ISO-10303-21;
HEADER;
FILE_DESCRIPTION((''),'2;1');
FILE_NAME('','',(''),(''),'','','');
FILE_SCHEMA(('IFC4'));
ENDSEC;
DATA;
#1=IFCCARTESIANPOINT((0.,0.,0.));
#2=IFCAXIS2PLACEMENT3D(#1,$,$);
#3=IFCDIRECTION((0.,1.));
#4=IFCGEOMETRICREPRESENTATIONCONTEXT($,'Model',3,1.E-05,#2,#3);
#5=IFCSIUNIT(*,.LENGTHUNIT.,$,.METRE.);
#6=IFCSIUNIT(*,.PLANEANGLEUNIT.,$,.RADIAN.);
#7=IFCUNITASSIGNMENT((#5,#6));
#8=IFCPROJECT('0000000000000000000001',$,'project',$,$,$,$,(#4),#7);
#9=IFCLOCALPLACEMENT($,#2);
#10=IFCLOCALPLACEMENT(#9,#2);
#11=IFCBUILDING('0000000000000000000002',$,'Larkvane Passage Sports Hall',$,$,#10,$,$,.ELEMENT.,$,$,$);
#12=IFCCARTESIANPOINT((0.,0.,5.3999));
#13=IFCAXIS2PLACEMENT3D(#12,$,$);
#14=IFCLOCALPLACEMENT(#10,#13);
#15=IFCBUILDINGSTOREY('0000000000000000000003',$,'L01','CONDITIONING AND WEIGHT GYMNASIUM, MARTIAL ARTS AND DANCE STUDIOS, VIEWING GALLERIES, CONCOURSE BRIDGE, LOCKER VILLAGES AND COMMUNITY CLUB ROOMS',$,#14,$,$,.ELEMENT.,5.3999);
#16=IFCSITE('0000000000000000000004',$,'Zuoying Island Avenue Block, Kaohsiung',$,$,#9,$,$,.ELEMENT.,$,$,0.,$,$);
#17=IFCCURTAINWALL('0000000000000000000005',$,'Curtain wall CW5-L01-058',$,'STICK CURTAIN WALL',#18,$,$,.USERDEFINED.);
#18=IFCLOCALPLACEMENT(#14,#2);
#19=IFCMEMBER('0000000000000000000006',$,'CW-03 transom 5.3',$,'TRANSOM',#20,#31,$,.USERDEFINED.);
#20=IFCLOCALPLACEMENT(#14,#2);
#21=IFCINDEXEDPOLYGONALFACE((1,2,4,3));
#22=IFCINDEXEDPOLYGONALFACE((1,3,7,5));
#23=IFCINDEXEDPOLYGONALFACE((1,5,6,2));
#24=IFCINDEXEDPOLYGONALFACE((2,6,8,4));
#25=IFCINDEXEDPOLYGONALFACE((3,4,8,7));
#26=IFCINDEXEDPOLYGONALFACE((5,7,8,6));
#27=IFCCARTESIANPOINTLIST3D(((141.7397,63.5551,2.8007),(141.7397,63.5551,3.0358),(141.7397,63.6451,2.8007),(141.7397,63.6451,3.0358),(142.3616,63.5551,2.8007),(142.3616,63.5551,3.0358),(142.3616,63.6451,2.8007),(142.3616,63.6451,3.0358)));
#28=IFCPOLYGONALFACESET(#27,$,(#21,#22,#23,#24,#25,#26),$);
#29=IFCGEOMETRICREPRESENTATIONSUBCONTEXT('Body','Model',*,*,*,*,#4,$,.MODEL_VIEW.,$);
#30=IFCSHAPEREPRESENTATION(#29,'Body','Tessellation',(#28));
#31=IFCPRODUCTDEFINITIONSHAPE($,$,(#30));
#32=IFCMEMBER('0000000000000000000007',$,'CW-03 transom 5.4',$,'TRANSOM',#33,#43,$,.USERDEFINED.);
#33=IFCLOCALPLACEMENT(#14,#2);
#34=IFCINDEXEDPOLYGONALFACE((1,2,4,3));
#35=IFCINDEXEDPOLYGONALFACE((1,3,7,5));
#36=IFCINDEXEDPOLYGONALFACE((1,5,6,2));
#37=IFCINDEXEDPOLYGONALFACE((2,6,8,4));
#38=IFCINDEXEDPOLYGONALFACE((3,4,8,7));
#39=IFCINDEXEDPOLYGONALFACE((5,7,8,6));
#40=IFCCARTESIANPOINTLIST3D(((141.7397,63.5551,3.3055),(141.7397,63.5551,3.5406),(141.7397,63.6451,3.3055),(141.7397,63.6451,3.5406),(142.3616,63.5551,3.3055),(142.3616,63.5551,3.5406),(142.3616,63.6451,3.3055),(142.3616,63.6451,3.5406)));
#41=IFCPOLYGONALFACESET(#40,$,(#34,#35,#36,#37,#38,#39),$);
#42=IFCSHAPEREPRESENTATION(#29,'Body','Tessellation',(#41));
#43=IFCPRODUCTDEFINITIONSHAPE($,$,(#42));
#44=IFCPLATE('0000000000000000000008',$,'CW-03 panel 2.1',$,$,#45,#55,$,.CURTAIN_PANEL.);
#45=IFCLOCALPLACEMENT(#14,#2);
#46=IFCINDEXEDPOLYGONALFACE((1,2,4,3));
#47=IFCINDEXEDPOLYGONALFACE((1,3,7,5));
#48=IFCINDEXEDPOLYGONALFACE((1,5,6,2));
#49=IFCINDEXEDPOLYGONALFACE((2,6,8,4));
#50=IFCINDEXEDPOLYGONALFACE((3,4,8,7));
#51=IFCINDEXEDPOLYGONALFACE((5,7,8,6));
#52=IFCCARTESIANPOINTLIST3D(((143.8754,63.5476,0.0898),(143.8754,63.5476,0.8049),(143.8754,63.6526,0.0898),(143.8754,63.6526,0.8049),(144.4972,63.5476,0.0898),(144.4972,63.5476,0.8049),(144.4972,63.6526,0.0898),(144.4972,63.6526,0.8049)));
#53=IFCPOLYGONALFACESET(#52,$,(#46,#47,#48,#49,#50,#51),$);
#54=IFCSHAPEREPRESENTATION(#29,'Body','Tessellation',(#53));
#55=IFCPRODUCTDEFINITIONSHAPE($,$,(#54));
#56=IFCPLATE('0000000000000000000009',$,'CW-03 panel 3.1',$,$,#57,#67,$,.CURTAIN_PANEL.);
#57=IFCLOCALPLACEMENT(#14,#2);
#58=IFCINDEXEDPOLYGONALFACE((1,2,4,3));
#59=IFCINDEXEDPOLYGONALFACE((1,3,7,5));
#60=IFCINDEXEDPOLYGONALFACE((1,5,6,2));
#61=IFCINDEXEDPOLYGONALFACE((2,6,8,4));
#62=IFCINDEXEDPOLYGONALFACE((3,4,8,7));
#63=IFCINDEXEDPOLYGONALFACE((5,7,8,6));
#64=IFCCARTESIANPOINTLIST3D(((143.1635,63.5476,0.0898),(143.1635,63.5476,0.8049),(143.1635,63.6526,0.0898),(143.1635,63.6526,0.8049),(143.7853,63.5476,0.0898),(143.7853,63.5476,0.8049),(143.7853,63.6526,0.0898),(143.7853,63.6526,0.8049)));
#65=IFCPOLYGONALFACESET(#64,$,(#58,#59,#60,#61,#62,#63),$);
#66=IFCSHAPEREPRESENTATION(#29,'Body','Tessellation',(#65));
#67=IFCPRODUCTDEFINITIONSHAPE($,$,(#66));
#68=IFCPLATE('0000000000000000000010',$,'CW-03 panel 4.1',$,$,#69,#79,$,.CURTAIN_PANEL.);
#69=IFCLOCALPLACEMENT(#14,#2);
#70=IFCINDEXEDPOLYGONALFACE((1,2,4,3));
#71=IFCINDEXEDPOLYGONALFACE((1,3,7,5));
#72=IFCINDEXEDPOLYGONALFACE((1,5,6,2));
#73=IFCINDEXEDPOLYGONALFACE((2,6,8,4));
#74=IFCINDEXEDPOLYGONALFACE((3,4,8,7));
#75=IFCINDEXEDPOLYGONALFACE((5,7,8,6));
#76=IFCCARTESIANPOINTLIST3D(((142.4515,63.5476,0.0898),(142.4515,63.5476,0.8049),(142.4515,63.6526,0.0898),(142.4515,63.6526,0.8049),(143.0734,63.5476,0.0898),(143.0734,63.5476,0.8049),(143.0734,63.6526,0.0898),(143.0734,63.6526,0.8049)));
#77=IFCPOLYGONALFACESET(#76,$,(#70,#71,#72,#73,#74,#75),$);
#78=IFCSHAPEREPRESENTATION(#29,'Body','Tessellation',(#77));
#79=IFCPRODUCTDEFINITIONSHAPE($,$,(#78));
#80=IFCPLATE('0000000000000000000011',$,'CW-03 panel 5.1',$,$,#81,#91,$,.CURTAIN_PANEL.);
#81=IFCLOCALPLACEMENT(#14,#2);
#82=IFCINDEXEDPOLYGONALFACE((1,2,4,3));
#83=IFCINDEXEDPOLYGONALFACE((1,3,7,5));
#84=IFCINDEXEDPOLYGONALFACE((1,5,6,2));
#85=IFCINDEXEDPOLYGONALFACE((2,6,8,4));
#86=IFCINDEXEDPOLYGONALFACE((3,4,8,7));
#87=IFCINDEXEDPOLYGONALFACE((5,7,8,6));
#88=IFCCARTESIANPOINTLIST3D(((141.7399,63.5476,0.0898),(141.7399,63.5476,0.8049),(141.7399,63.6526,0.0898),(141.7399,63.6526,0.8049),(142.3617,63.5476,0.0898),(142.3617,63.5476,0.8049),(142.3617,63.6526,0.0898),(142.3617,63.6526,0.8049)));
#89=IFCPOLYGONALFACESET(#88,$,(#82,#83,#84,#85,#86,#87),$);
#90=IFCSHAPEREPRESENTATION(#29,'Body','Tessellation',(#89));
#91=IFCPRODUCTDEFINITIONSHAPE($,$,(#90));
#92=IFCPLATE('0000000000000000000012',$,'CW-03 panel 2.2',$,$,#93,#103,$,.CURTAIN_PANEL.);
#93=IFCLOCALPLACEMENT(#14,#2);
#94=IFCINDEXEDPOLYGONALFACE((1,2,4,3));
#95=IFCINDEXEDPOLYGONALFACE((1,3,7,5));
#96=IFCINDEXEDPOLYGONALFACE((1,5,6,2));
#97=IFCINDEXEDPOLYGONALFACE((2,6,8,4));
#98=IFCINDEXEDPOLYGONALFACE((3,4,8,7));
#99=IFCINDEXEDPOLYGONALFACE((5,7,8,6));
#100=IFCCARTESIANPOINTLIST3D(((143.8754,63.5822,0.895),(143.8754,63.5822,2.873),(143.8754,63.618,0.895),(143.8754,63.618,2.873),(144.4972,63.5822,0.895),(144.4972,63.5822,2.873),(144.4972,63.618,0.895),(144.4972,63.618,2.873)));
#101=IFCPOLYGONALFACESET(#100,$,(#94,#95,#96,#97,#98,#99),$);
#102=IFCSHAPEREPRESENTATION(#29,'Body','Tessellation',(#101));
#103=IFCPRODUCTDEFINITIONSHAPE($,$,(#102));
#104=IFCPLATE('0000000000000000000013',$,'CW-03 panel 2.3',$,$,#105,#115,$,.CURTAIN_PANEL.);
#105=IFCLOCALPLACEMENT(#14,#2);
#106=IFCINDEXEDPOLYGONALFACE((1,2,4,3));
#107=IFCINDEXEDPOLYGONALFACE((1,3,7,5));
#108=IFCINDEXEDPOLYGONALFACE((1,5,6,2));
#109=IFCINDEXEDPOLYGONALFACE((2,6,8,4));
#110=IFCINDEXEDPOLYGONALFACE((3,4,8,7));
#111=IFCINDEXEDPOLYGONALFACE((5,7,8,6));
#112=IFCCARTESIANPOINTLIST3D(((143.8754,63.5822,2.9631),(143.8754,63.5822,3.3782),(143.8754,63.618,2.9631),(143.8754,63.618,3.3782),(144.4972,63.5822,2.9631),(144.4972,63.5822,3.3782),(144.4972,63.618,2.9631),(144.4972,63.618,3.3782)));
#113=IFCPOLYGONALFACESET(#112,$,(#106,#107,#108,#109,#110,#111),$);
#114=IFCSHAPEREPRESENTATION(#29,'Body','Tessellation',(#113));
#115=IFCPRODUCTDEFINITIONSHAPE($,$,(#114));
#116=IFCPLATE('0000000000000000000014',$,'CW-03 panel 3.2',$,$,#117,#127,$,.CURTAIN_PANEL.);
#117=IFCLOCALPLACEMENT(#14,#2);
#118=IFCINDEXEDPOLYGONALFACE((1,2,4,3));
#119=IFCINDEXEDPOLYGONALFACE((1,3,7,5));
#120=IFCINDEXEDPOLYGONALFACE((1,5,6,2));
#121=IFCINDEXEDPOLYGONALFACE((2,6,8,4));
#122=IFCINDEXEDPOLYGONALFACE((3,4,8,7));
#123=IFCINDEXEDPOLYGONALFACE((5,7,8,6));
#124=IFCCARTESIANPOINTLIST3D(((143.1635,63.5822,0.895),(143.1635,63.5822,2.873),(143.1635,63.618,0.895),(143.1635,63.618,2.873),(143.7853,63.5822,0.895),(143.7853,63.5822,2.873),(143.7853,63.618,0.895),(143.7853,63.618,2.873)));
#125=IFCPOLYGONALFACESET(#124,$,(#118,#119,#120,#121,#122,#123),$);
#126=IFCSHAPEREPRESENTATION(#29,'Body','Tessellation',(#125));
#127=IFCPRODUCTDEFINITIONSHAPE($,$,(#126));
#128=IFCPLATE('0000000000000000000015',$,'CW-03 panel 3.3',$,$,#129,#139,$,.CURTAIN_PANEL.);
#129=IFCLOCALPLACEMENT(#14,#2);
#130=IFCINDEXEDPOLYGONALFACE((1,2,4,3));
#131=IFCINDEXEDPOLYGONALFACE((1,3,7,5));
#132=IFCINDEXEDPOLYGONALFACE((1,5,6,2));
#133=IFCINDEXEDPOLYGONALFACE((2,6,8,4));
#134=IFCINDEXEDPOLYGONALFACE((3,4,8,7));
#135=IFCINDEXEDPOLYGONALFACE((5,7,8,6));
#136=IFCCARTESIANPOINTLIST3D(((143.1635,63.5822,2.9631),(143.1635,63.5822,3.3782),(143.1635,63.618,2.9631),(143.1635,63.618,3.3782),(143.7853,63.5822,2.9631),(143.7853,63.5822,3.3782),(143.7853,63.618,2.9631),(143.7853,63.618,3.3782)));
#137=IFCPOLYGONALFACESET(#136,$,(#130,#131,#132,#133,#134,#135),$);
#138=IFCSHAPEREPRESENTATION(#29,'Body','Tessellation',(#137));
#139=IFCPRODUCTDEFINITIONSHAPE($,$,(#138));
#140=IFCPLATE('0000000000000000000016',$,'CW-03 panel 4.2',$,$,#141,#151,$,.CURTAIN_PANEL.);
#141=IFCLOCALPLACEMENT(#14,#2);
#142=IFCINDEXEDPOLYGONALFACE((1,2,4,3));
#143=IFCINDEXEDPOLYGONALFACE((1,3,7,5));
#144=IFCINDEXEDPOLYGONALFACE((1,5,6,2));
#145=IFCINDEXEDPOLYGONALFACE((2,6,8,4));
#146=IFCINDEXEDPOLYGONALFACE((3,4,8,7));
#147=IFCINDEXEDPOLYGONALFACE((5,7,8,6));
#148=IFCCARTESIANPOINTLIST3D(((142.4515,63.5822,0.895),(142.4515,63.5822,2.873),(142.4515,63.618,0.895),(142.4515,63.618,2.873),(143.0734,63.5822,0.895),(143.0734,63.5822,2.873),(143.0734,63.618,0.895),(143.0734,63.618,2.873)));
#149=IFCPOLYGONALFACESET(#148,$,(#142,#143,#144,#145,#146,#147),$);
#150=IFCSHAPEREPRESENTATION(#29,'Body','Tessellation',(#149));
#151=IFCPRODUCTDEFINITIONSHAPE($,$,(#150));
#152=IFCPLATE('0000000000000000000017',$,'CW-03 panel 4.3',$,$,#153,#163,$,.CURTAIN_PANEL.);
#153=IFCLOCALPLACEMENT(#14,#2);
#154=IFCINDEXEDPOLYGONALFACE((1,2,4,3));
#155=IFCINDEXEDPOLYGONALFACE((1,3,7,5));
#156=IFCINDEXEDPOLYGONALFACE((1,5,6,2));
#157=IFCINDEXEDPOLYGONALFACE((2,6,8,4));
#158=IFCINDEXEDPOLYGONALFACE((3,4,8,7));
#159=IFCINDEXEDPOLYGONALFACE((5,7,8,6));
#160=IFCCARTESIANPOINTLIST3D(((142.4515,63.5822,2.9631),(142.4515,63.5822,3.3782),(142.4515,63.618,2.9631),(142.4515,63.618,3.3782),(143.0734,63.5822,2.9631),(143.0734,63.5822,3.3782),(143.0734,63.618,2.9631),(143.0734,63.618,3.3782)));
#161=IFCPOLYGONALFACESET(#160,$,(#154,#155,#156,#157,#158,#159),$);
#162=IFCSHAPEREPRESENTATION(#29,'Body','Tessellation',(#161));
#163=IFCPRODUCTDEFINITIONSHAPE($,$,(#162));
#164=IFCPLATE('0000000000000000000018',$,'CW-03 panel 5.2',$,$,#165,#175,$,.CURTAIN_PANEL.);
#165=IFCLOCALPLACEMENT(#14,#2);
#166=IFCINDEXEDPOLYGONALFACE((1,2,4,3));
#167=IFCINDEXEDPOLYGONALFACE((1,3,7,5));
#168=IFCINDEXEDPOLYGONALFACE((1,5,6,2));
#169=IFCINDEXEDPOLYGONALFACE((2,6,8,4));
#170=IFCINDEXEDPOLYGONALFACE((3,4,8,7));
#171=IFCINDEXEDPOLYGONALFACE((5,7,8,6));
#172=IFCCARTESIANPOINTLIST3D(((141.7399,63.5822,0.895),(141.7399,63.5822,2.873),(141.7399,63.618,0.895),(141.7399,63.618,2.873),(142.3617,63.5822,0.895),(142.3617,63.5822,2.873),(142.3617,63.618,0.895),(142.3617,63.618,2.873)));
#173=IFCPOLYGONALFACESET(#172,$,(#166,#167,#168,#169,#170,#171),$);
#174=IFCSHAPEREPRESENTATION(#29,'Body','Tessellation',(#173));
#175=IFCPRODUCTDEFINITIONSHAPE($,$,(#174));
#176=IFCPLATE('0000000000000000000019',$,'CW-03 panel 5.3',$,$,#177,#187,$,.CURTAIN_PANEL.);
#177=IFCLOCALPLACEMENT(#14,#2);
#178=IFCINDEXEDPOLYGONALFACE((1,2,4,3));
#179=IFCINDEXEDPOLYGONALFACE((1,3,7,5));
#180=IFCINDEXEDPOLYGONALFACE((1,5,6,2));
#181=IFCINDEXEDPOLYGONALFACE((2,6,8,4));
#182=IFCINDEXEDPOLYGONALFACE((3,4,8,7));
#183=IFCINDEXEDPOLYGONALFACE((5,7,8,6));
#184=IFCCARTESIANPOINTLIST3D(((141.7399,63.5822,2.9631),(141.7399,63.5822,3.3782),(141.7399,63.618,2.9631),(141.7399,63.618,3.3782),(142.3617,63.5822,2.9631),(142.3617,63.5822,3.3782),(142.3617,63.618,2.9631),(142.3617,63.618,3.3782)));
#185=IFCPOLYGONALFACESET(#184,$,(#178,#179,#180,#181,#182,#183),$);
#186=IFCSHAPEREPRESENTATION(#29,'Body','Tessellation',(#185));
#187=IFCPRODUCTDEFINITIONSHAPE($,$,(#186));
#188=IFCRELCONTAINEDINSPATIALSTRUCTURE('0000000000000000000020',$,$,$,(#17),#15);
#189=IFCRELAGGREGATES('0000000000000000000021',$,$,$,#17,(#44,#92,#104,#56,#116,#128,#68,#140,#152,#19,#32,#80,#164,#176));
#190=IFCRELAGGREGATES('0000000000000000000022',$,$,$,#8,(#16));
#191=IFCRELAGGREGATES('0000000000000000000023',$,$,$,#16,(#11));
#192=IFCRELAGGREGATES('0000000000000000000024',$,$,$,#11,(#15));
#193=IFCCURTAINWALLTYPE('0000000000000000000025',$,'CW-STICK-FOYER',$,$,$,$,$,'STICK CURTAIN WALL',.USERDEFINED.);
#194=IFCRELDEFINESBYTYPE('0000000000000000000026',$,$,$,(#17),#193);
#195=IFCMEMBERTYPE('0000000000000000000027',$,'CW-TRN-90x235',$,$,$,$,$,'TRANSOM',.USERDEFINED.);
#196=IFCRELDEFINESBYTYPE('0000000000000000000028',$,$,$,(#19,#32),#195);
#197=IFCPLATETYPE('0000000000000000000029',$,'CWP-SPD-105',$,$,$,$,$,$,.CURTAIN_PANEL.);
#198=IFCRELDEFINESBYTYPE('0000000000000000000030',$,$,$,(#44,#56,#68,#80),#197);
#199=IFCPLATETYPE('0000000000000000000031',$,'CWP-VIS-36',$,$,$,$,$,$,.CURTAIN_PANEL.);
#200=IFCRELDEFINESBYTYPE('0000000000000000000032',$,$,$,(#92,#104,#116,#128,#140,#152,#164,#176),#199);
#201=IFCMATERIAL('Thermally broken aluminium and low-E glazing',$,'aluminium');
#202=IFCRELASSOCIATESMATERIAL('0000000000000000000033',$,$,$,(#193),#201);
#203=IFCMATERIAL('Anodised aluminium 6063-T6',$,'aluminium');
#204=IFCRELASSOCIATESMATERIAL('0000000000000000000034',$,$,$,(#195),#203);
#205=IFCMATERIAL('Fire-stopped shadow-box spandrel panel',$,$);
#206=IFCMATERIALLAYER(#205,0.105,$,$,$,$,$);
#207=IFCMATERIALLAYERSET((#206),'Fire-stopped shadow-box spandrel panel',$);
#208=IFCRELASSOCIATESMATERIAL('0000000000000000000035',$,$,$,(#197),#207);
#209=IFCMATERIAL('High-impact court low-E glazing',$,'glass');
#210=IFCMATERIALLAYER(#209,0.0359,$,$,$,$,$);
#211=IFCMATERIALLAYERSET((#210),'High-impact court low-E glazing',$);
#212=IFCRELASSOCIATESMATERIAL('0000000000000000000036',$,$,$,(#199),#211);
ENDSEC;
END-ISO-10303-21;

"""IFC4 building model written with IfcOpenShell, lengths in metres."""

from ifc_helpers import new_model, si_unit, direction, frame, origin, origin_2d, place, context, subcontext, project, spatial, rectangle, extrude, material, layer, layer_set, material_profile, profile_set, type_object, element, aggregate, save


model = new_model("IFC4")

# Units and contexts
model_context = context("Model", 3, precision=1e-05, world=origin(), true_north=direction((0.0, 1.0)))
body_context = subcontext(model_context, "Body", "Model", "MODEL_VIEW")
ifc_project = project(units=[si_unit("LENGTHUNIT", "METRE"), si_unit("PLANEANGLEUNIT", "RADIAN")], contexts=[model_context])

# Site, building, storey
site_placement = place(None, origin())
site = spatial("IfcSite", under=ifc_project, at=site_placement, Name="Zuoying Island Avenue Block, Kaohsiung", CompositionType="ELEMENT", RefElevation=0.0)
building_placement = place(site_placement, origin())
building = spatial("IfcBuilding", under=site, at=building_placement, Name="Larkvane Passage Sports Hall", CompositionType="ELEMENT")
storey_placement = place(building_placement, frame((0.0, 0.0, 5.3999)))
storey = spatial("IfcBuildingStorey", under=building, at=storey_placement, Name="L01", Description="CONDITIONING AND WEIGHT GYMNASIUM, MARTIAL ARTS AND DANCE STUDIOS, VIEWING GALLERIES, CONCOURSE BRIDGE, LOCKER VILLAGES AND COMMUNITY CLUB ROOMS", CompositionType="ELEMENT", Elevation=5.3999)

# Curtain wall, members, plates
ifc_material_1 = material(Name="Thermally broken aluminium and low-E glazing", Category="aluminium")
curtain_wall_type = type_object("IfcCurtainWallType", Name="CW-STICK-FOYER", ElementType="STICK CURTAIN WALL", PredefinedType="USERDEFINED", material=ifc_material_1)
curtain_wall_placement = place(storey_placement, origin())
curtain_wall = element("IfcCurtainWall", 1, at=curtain_wall_placement, inside=storey, type_object=curtain_wall_type, Name="Curtain wall CW5-L01-058", ObjectType="STICK CURTAIN WALL", PredefinedType="USERDEFINED")
ifc_material_2 = material(Name="Anodised aluminium 6063-T6", Category="aluminium")
ifc_material_profile_1 = material_profile(ifc_material_2, rectangle(XDim=0.0901, YDim=0.2351, at=origin_2d()), Name="ALU-TRN-90x235")
ifc_profile_set_1 = profile_set([ifc_material_profile_1], Name="Anodised aluminium 6063-T6")
member_type_1 = type_object("IfcMemberType", Name="CW-TRN-90x235", ElementType="TRANSOM", PredefinedType="USERDEFINED", material=ifc_profile_set_1)
member_1_placement = place(storey_placement, frame((142.3616, 63.6001, 2.9182), z_axis=(-1.0, 0.0, 0.0), x_axis=(0.0, -1.0, 0.0)))
member_1 = element("IfcMember", 2, at=member_1_placement, type_object=member_type_1, Name="CW-03 transom 5.3", ObjectType="TRANSOM", PredefinedType="USERDEFINED", context=body_context, shape_type="SweptSolid", body=[
    extrude(rectangle(XDim=0.0901, YDim=0.2351, at=origin_2d()), origin(), (0.0, 0.0, 1.0), 0.6218),
])
member_2_placement = place(storey_placement, frame((142.3616, 63.6001, 3.4231), z_axis=(-1.0, 0.0, 0.0), x_axis=(0.0, -1.0, 0.0)))
member_2 = element("IfcMember", 3, at=member_2_placement, type_object=member_type_1, Name="CW-03 transom 5.4", ObjectType="TRANSOM", PredefinedType="USERDEFINED", context=body_context, shape_type="SweptSolid", body=[
    extrude(rectangle(XDim=0.0901, YDim=0.2351, at=origin_2d()), origin(), (0.0, 0.0, 1.0), 0.6218),
])
ifc_material_3 = material(Name="Fire-stopped shadow-box spandrel panel")
ifc_layer_1 = layer(ifc_material_3, 0.105)
ifc_layer_set_1 = layer_set([ifc_layer_1], Name="Fire-stopped shadow-box spandrel panel")
plate_type_1 = type_object("IfcPlateType", Name="CWP-SPD-105", PredefinedType="CURTAIN_PANEL", material=ifc_layer_set_1)
plate_1_placement = place(storey_placement, frame((144.1863, 63.6001, 0.0898), z_axis=(0.0, 0.0, 1.0), x_axis=(-1.0, 0.0, 0.0)))
plate_1 = element("IfcPlate", 4, at=plate_1_placement, type_object=plate_type_1, Name="CW-03 panel 2.1", PredefinedType="CURTAIN_PANEL", context=body_context, shape_type="SweptSolid", body=[
    extrude(rectangle(XDim=0.6218, YDim=0.105, at=origin_2d()), origin(), (0.0, 0.0, 1.0), 0.7151),
])
plate_2_placement = place(storey_placement, frame((143.4744, 63.6001, 0.0898), z_axis=(0.0, 0.0, 1.0), x_axis=(-1.0, 0.0, 0.0)))
plate_2 = element("IfcPlate", 5, at=plate_2_placement, type_object=plate_type_1, Name="CW-03 panel 3.1", PredefinedType="CURTAIN_PANEL", context=body_context, shape_type="SweptSolid", body=[
    extrude(rectangle(XDim=0.6218, YDim=0.105, at=origin_2d()), origin(), (0.0, 0.0, 1.0), 0.7151),
])
plate_3_placement = place(storey_placement, frame((142.7625, 63.6001, 0.0898), z_axis=(0.0, 0.0, 1.0), x_axis=(-1.0, 0.0, 0.0)))
plate_3 = element("IfcPlate", 6, at=plate_3_placement, type_object=plate_type_1, Name="CW-03 panel 4.1", PredefinedType="CURTAIN_PANEL", context=body_context, shape_type="SweptSolid", body=[
    extrude(rectangle(XDim=0.6218, YDim=0.105, at=origin_2d()), origin(), (0.0, 0.0, 1.0), 0.7151),
])
plate_4_placement = place(storey_placement, frame((142.0508, 63.6001, 0.0898), z_axis=(0.0, 0.0, 1.0), x_axis=(-1.0, 0.0, 0.0)))
plate_4 = element("IfcPlate", 7, at=plate_4_placement, type_object=plate_type_1, Name="CW-03 panel 5.1", PredefinedType="CURTAIN_PANEL", context=body_context, shape_type="SweptSolid", body=[
    extrude(rectangle(XDim=0.6218, YDim=0.105, at=origin_2d()), origin(), (0.0, 0.0, 1.0), 0.7151),
])
ifc_material_4 = material(Name="High-impact court low-E glazing", Category="glass")
ifc_layer_2 = layer(ifc_material_4, 0.0359)
ifc_layer_set_2 = layer_set([ifc_layer_2], Name="High-impact court low-E glazing")
plate_type_2 = type_object("IfcPlateType", Name="CWP-VIS-36", PredefinedType="CURTAIN_PANEL", material=ifc_layer_set_2)
plate_5_placement = place(storey_placement, frame((144.1863, 63.6001, 0.895), z_axis=(0.0, 0.0, 1.0), x_axis=(-1.0, 0.0, 0.0)))
plate_5 = element("IfcPlate", 8, at=plate_5_placement, type_object=plate_type_2, Name="CW-03 panel 2.2", PredefinedType="CURTAIN_PANEL", context=body_context, shape_type="SweptSolid", body=[
    extrude(rectangle(XDim=0.6218, YDim=0.0359, at=origin_2d()), origin(), (0.0, 0.0, 1.0), 1.978),
])
plate_6_placement = place(storey_placement, frame((144.1863, 63.6001, 2.9631), z_axis=(0.0, 0.0, 1.0), x_axis=(-1.0, 0.0, 0.0)))
plate_6 = element("IfcPlate", 9, at=plate_6_placement, type_object=plate_type_2, Name="CW-03 panel 2.3", PredefinedType="CURTAIN_PANEL", context=body_context, shape_type="SweptSolid", body=[
    extrude(rectangle(XDim=0.6218, YDim=0.0359, at=origin_2d()), origin(), (0.0, 0.0, 1.0), 0.415),
])
plate_7_placement = place(storey_placement, frame((143.4744, 63.6001, 0.895), z_axis=(0.0, 0.0, 1.0), x_axis=(-1.0, 0.0, 0.0)))
plate_7 = element("IfcPlate", 10, at=plate_7_placement, type_object=plate_type_2, Name="CW-03 panel 3.2", PredefinedType="CURTAIN_PANEL", context=body_context, shape_type="SweptSolid", body=[
    extrude(rectangle(XDim=0.6218, YDim=0.0359, at=origin_2d()), origin(), (0.0, 0.0, 1.0), 1.978),
])
plate_8_placement = place(storey_placement, frame((143.4744, 63.6001, 2.9631), z_axis=(0.0, 0.0, 1.0), x_axis=(-1.0, 0.0, 0.0)))
plate_8 = element("IfcPlate", 11, at=plate_8_placement, type_object=plate_type_2, Name="CW-03 panel 3.3", PredefinedType="CURTAIN_PANEL", context=body_context, shape_type="SweptSolid", body=[
    extrude(rectangle(XDim=0.6218, YDim=0.0359, at=origin_2d()), origin(), (0.0, 0.0, 1.0), 0.415),
])
plate_9_placement = place(storey_placement, frame((142.7625, 63.6001, 0.895), z_axis=(0.0, 0.0, 1.0), x_axis=(-1.0, 0.0, 0.0)))
plate_9 = element("IfcPlate", 12, at=plate_9_placement, type_object=plate_type_2, Name="CW-03 panel 4.2", PredefinedType="CURTAIN_PANEL", context=body_context, shape_type="SweptSolid", body=[
    extrude(rectangle(XDim=0.6218, YDim=0.0359, at=origin_2d()), origin(), (0.0, 0.0, 1.0), 1.978),
])
plate_10_placement = place(storey_placement, frame((142.7625, 63.6001, 2.9631), z_axis=(0.0, 0.0, 1.0), x_axis=(-1.0, 0.0, 0.0)))
plate_10 = element("IfcPlate", 13, at=plate_10_placement, type_object=plate_type_2, Name="CW-03 panel 4.3", PredefinedType="CURTAIN_PANEL", context=body_context, shape_type="SweptSolid", body=[
    extrude(rectangle(XDim=0.6218, YDim=0.0359, at=origin_2d()), origin(), (0.0, 0.0, 1.0), 0.415),
])
plate_11_placement = place(storey_placement, frame((142.0508, 63.6001, 0.895), z_axis=(0.0, 0.0, 1.0), x_axis=(-1.0, 0.0, 0.0)))
plate_11 = element("IfcPlate", 14, at=plate_11_placement, type_object=plate_type_2, Name="CW-03 panel 5.2", PredefinedType="CURTAIN_PANEL", context=body_context, shape_type="SweptSolid", body=[
    extrude(rectangle(XDim=0.6218, YDim=0.0359, at=origin_2d()), origin(), (0.0, 0.0, 1.0), 1.978),
])
plate_12_placement = place(storey_placement, frame((142.0508, 63.6001, 2.9631), z_axis=(0.0, 0.0, 1.0), x_axis=(-1.0, 0.0, 0.0)))
plate_12 = element("IfcPlate", 15, at=plate_12_placement, type_object=plate_type_2, Name="CW-03 panel 5.3", PredefinedType="CURTAIN_PANEL", context=body_context, shape_type="SweptSolid", body=[
    extrude(rectangle(XDim=0.6218, YDim=0.0359, at=origin_2d()), origin(), (0.0, 0.0, 1.0), 0.415),
])
aggregate(curtain_wall, [plate_1, plate_5, plate_6, plate_2, plate_7, plate_8, plate_3, plate_9, plate_10, member_1, member_2, plate_4, plate_11, plate_12])

save(model, "model.ifc")
